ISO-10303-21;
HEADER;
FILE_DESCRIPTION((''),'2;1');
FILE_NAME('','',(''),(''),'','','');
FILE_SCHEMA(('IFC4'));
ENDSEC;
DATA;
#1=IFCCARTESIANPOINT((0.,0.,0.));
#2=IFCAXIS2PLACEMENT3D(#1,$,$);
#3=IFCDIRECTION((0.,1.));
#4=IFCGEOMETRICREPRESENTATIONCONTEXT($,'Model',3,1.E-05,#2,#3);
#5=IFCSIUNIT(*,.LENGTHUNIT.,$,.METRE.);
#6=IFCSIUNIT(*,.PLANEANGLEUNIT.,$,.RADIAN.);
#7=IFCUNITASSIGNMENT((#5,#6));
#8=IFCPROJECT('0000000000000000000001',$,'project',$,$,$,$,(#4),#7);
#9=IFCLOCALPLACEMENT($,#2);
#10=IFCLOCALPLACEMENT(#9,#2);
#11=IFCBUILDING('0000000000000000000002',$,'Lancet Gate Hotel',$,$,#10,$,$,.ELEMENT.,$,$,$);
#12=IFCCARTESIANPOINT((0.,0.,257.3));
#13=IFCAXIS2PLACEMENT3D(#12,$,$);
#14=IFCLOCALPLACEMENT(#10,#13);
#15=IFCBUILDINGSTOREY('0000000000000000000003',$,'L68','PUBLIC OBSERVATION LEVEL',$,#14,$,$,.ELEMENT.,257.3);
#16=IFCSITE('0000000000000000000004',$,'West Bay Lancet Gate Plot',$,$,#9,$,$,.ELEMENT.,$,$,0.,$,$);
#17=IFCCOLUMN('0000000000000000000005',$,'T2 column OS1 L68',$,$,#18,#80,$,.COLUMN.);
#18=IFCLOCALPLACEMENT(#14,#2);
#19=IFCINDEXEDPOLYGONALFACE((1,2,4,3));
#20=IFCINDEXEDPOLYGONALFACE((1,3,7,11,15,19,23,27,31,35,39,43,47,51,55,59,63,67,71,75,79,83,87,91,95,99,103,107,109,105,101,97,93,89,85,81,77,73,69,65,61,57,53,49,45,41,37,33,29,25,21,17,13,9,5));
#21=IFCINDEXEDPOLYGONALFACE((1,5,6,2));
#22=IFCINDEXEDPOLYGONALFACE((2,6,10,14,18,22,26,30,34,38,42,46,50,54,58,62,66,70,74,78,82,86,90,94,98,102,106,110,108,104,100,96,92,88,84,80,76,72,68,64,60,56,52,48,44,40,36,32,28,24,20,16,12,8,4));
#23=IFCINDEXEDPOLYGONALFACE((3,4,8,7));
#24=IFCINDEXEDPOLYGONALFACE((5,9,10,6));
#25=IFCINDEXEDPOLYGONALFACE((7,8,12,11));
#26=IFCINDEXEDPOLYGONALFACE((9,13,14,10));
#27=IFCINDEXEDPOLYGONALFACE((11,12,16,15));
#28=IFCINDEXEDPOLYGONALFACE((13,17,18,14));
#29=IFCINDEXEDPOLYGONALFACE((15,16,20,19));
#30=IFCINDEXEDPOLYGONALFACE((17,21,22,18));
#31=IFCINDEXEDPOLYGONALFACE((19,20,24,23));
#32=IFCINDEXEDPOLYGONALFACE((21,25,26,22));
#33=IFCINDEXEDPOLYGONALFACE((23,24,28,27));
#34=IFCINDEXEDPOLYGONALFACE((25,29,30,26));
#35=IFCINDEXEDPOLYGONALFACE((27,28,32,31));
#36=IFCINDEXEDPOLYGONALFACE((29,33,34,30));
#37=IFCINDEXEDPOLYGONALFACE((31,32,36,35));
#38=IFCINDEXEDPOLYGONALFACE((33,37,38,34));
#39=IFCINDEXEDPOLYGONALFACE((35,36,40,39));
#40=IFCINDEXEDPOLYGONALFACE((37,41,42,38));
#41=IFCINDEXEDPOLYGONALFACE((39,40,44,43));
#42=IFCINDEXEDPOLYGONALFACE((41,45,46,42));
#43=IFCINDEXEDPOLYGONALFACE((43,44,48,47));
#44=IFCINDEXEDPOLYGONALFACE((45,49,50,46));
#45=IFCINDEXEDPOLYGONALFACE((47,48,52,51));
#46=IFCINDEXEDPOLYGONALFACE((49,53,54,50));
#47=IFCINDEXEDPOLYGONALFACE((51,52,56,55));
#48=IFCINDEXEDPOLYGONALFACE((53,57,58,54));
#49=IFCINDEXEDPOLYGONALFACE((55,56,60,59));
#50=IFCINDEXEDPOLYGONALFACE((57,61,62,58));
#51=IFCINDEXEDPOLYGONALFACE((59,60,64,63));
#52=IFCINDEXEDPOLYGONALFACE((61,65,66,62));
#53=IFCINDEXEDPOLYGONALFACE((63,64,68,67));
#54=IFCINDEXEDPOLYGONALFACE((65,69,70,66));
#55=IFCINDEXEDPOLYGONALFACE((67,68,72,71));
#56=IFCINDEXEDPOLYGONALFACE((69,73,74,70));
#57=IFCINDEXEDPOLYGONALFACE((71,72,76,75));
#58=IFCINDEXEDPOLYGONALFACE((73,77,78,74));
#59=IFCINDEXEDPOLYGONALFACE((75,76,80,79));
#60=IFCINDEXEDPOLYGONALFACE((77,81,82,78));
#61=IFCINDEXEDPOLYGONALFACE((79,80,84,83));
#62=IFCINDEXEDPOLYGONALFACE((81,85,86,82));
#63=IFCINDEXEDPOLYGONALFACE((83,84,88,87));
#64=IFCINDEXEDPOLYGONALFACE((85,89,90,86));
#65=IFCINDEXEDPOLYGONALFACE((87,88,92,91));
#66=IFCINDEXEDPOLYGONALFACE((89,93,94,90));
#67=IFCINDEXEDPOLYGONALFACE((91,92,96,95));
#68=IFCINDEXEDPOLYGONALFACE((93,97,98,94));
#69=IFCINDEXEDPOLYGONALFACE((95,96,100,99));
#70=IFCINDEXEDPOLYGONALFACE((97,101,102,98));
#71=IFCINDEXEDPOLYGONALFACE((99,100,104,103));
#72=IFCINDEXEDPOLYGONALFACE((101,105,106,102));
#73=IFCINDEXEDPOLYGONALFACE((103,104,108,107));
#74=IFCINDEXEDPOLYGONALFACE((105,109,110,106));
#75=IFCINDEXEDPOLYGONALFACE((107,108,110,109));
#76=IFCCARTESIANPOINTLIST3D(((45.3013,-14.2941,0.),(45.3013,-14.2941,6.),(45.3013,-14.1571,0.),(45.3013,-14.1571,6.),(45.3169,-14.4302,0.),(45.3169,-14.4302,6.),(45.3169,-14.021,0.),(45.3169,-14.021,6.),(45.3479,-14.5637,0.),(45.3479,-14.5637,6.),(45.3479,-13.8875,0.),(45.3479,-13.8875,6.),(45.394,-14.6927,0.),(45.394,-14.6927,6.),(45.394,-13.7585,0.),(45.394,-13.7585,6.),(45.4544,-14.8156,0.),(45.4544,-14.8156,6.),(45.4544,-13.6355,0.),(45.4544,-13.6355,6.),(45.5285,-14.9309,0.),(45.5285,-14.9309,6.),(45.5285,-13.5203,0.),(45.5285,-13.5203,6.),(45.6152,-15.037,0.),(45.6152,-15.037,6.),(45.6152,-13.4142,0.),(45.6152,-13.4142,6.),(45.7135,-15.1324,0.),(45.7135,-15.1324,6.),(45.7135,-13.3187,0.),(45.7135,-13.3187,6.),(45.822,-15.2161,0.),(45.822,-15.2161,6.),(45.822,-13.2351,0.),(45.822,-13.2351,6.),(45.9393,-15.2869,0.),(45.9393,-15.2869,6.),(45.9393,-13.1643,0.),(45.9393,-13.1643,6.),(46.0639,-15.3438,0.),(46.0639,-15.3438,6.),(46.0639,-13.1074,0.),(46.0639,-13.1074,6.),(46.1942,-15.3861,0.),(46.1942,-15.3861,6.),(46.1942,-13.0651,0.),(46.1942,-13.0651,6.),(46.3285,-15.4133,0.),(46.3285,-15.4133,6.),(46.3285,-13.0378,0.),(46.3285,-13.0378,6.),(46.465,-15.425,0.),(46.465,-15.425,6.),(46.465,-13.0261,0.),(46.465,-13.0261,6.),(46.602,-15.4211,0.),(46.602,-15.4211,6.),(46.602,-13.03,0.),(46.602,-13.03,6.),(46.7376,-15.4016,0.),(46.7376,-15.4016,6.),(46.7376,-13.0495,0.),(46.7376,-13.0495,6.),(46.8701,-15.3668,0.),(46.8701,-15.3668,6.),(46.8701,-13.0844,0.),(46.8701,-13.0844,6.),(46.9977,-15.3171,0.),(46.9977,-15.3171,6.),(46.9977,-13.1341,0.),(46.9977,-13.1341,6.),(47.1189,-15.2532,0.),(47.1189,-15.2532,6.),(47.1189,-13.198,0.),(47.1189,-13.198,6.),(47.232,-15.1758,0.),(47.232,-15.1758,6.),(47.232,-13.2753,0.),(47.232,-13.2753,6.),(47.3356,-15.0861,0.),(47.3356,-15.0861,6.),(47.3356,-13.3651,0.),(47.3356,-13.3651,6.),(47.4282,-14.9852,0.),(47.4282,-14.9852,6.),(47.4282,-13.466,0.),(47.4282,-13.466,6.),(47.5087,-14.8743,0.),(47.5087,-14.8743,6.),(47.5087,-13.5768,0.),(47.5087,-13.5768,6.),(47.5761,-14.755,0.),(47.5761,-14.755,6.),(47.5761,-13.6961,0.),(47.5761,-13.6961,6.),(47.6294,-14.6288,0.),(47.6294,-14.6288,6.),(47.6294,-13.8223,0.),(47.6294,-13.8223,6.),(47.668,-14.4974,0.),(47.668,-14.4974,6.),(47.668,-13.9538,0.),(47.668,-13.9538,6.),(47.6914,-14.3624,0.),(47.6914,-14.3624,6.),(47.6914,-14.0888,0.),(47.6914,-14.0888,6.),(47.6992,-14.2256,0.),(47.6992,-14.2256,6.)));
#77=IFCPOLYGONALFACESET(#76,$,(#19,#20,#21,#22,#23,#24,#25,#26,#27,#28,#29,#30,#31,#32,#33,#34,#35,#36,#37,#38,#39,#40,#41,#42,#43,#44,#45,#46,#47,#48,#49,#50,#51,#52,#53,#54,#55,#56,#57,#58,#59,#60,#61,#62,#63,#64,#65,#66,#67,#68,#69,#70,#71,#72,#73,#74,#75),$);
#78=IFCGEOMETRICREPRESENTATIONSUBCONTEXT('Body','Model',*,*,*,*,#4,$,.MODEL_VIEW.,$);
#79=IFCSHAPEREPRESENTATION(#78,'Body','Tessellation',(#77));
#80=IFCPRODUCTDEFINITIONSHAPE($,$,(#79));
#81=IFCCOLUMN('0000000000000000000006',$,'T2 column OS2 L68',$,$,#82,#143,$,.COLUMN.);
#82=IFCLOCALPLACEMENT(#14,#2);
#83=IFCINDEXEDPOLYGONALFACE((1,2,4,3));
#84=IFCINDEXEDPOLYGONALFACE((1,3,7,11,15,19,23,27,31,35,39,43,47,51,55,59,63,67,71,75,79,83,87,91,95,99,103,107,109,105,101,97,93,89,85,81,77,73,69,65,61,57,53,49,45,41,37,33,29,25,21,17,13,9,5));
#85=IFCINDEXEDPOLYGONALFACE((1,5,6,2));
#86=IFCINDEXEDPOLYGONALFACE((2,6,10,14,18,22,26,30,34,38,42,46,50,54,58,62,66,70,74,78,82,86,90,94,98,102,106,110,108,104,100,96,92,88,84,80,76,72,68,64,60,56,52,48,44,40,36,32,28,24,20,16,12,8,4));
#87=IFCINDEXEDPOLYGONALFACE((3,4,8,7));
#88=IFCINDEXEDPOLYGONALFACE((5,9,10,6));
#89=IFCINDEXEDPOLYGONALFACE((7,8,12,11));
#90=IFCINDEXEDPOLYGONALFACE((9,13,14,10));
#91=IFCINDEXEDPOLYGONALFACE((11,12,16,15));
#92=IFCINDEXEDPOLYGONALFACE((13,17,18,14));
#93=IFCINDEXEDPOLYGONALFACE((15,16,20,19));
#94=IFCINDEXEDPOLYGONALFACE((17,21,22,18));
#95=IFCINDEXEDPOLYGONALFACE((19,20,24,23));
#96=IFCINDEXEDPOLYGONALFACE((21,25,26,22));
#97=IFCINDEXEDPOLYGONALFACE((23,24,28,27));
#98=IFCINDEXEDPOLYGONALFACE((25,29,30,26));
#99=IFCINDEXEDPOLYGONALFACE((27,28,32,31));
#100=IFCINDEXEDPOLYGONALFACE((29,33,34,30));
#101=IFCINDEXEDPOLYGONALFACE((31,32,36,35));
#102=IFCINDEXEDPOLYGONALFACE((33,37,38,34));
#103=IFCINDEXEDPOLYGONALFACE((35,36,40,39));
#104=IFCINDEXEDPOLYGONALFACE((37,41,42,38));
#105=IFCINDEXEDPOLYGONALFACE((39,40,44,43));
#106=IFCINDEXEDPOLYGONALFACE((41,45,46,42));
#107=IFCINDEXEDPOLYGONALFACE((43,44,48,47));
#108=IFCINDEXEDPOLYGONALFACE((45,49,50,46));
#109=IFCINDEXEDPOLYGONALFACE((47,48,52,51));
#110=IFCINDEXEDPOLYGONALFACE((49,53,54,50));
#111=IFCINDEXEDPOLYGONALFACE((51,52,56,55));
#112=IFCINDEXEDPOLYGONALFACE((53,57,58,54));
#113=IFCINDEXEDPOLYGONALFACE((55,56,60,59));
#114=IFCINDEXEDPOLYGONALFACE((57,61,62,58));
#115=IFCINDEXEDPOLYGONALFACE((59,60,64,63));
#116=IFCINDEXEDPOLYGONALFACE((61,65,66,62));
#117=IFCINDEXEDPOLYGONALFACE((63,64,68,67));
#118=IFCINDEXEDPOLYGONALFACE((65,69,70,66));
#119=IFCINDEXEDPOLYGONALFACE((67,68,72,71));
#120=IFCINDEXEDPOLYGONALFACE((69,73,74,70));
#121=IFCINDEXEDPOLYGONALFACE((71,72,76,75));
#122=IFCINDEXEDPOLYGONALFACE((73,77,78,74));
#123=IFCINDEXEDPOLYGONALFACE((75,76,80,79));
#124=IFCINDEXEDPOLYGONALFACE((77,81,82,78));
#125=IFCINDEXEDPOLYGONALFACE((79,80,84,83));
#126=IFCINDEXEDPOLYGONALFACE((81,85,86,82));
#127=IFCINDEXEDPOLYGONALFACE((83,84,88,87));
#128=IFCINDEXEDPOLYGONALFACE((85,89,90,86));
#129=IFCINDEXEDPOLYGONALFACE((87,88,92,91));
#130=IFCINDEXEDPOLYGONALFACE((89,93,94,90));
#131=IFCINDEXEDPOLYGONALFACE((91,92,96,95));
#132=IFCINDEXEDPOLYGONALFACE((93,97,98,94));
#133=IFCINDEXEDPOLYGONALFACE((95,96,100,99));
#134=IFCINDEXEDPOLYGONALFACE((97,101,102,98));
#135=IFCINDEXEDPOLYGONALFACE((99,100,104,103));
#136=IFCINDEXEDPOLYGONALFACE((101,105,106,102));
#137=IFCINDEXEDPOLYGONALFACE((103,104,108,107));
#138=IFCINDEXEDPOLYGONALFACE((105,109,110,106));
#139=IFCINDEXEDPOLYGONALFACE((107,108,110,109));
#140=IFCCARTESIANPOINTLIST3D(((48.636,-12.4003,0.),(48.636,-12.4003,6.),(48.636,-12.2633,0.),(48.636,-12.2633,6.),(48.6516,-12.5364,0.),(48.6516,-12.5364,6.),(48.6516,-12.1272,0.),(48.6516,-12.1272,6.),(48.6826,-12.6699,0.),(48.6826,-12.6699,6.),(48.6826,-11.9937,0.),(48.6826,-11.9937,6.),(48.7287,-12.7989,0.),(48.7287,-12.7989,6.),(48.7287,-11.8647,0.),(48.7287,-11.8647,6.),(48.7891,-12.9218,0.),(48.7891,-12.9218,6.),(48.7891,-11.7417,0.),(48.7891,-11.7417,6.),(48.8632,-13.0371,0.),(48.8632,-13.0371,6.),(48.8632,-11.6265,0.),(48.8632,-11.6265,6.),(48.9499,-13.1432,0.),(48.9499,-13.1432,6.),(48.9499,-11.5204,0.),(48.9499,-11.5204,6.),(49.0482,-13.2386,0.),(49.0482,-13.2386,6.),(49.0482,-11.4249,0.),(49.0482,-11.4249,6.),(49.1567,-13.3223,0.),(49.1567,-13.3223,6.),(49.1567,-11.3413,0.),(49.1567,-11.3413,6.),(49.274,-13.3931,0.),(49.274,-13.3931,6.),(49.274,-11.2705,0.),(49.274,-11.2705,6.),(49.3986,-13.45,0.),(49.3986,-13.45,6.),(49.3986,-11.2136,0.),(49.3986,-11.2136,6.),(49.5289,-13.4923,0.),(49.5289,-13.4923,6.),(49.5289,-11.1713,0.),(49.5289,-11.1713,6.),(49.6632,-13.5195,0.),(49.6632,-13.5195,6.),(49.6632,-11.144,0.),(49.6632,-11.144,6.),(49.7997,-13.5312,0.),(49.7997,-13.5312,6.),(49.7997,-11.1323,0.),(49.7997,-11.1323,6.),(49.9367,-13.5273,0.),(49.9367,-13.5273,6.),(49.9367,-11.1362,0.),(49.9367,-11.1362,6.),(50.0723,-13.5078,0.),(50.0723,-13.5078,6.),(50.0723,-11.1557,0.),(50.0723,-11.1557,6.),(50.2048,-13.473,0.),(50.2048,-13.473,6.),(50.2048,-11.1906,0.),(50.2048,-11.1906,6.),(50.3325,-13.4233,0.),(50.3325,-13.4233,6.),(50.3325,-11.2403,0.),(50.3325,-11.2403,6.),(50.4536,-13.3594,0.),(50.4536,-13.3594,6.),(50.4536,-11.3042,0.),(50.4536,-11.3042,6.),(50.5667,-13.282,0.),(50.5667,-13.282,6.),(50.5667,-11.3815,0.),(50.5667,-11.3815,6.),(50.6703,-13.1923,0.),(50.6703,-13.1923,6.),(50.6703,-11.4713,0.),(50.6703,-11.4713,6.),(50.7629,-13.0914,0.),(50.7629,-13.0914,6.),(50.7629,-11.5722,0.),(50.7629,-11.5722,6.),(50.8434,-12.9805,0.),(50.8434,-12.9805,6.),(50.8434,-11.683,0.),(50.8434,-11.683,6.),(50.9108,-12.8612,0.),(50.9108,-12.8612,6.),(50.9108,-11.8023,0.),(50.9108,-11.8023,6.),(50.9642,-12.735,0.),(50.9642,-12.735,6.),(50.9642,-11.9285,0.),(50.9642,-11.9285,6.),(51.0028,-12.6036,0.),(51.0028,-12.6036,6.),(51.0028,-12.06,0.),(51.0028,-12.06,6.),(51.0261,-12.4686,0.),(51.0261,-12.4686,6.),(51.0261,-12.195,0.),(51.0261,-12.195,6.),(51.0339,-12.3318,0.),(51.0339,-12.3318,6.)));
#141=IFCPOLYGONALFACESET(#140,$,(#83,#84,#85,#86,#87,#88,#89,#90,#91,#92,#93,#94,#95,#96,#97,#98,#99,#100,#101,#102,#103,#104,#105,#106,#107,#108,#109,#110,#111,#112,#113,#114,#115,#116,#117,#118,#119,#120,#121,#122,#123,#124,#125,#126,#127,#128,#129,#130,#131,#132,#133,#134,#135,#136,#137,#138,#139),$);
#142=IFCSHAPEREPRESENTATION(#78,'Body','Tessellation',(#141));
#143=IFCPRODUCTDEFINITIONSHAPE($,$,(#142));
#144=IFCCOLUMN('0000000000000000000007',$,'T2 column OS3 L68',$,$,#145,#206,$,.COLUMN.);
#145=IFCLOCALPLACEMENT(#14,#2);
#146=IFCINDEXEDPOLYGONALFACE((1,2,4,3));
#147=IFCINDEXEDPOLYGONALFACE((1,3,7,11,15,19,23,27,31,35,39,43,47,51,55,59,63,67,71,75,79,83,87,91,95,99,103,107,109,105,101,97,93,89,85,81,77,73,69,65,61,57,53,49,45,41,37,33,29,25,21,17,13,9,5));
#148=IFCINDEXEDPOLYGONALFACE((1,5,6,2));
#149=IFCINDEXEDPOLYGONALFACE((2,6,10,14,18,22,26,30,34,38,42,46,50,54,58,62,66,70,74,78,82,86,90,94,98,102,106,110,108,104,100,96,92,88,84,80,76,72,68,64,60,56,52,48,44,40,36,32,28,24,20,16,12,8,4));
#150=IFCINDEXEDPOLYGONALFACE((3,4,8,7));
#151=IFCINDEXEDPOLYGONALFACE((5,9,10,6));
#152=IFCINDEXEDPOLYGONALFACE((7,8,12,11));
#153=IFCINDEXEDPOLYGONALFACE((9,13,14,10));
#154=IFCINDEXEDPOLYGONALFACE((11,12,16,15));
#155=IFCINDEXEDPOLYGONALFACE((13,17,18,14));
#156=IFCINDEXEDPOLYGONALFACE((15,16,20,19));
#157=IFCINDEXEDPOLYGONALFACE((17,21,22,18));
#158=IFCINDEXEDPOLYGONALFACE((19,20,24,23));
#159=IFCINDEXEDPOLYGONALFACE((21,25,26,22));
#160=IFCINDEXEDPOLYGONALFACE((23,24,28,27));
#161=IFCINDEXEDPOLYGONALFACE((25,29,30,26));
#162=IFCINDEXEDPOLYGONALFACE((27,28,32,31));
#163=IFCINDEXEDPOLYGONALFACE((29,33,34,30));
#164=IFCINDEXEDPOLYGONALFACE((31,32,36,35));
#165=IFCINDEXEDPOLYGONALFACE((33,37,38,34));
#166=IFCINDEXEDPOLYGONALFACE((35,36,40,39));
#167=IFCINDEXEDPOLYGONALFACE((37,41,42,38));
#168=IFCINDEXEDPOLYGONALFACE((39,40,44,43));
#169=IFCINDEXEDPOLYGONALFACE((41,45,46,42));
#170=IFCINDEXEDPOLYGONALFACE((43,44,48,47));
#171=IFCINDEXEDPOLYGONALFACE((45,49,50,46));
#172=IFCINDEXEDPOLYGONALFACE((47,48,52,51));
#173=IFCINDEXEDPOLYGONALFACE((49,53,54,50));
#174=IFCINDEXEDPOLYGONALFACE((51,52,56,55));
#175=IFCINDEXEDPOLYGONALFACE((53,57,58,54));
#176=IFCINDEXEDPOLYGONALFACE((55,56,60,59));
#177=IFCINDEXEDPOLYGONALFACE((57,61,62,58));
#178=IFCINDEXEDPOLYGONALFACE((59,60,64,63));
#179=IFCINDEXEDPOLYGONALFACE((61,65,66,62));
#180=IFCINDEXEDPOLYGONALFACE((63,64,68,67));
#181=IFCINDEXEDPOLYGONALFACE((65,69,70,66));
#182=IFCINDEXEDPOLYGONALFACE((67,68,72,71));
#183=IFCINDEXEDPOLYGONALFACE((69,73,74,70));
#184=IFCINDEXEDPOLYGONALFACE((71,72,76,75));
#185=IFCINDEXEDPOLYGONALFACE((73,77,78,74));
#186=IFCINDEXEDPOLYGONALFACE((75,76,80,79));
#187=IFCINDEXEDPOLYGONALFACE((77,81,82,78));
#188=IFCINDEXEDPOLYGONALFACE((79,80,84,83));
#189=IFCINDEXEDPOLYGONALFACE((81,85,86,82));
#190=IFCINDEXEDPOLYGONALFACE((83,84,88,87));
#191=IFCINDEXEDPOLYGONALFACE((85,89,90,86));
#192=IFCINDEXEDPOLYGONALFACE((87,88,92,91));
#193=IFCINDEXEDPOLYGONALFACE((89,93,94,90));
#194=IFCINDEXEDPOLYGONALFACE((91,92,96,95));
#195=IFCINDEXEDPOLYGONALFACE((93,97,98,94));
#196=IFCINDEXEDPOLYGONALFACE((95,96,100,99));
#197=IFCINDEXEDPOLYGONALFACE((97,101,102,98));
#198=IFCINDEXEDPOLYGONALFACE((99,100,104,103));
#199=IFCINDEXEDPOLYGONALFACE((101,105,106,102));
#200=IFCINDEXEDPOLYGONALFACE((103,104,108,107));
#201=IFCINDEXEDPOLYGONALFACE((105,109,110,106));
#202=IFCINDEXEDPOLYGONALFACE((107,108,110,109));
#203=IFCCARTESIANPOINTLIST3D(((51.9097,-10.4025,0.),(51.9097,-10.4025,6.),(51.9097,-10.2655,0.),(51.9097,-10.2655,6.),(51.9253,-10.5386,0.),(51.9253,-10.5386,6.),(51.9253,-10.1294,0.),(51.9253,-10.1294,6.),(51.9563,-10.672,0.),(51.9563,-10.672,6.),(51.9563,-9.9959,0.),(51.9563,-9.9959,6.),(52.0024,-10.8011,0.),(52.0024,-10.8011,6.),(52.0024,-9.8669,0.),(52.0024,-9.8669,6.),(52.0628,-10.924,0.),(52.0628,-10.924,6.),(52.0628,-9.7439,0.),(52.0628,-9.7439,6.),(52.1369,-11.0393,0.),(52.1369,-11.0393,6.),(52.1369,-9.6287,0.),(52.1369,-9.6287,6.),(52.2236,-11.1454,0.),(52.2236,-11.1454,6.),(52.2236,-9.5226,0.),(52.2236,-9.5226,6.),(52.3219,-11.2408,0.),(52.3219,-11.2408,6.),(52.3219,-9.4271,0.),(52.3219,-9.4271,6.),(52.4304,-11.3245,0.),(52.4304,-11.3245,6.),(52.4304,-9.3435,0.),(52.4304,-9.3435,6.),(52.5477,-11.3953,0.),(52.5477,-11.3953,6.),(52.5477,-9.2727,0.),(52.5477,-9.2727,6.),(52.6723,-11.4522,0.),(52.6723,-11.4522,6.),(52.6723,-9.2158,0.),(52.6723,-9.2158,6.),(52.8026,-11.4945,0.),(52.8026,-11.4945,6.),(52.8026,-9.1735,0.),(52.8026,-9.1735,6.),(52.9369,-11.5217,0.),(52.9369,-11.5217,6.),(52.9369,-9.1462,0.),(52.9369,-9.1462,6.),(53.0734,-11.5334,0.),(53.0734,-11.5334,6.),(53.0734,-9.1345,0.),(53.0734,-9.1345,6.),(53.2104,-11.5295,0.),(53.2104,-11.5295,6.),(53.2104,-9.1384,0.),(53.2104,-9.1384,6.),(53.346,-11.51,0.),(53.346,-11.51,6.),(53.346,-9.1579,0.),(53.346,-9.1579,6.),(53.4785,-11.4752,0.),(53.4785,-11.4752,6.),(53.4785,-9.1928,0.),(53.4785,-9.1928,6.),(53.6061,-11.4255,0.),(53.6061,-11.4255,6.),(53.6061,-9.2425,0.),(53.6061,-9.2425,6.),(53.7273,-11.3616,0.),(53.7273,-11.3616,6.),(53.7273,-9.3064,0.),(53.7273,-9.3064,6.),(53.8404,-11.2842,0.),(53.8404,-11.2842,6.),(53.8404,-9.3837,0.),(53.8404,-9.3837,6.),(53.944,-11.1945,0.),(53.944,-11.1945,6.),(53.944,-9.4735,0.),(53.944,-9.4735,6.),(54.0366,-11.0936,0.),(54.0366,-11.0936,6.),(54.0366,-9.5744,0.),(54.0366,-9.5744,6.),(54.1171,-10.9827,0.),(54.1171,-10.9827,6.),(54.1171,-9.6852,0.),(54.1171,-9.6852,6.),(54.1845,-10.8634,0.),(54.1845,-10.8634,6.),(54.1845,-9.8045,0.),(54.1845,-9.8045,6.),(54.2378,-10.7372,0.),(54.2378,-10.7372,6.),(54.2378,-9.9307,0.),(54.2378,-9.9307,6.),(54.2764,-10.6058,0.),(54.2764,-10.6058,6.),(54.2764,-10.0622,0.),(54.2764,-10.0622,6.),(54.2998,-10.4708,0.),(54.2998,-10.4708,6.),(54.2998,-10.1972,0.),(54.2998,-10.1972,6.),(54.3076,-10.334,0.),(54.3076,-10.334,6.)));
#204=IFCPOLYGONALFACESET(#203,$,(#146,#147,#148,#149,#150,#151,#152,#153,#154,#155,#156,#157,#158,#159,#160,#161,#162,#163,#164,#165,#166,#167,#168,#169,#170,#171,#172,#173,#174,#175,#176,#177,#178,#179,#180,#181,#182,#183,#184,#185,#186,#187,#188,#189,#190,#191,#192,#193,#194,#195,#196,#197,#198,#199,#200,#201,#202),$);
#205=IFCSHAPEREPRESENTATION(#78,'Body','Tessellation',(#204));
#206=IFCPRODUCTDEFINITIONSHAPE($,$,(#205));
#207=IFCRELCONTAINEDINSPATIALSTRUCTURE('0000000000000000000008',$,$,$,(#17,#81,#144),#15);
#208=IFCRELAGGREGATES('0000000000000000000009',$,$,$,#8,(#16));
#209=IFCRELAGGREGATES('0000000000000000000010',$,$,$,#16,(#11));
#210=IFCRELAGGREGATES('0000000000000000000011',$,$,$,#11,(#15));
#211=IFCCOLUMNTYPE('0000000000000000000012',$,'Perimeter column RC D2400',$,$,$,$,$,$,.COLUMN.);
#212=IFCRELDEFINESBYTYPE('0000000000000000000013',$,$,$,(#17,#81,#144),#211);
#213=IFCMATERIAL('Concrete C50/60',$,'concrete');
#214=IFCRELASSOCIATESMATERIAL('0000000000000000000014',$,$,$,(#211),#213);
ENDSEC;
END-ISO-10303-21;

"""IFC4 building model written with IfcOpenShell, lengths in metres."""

from ifc_helpers import new_model, si_unit, direction, frame, origin, origin_2d, place, context, subcontext, project, spatial, circle, extrude, material, material_profile, profile_set, type_object, element, save


model = new_model("IFC4")

# Units and contexts
model_context = context("Model", 3, precision=1e-05, world=origin(), true_north=direction((0.0, 1.0)))
body_context = subcontext(model_context, "Body", "Model", "MODEL_VIEW")
ifc_project = project(units=[si_unit("LENGTHUNIT", "METRE"), si_unit("PLANEANGLEUNIT", "RADIAN")], contexts=[model_context])

# Site, building, storey
site_placement = place(None, origin())
site = spatial("IfcSite", under=ifc_project, at=site_placement, Name="West Bay Lancet Gate Plot", CompositionType="ELEMENT", RefElevation=0.0)
building_placement = place(site_placement, origin())
building = spatial("IfcBuilding", under=site, at=building_placement, Name="Lancet Gate Hotel", CompositionType="ELEMENT")
storey_placement = place(building_placement, frame((0.0, 0.0, 257.3)))
storey = spatial("IfcBuildingStorey", under=building, at=storey_placement, Name="L68", Description="PUBLIC OBSERVATION LEVEL", CompositionType="ELEMENT", Elevation=257.3)

# Columns
ifc_material_1 = material(Name="Concrete C50/60", Category="concrete")
ifc_material_profile_1 = material_profile(ifc_material_1, circle(Radius=1.2, at=origin_2d()), Name="RC D2400")
ifc_profile_set_1 = profile_set([ifc_material_profile_1], Name="Concrete C50/60")
column_type = type_object("IfcColumnType", Name="Perimeter column RC D2400", PredefinedType="COLUMN", material=ifc_profile_set_1)
for number, where, z_axis, x_axis, name in (
    (1, (46.4993, -14.2256, 0.0), (0.0, 0.0, 1.0), (1.0, 0.0, 0.0), "T2 column OS1 L68"),
    (2, (49.834, -12.3318, 0.0), (0.0, 0.0, 1.0), (1.0, 0.0, 0.0), "T2 column OS2 L68"),
    (3, (53.1077, -10.334, 0.0), (0.0, 0.0, 1.0), (1.0, 0.0, 0.0), "T2 column OS3 L68"),
):
    element("IfcColumn", number, at=place(storey_placement, frame(where, z_axis=z_axis, x_axis=x_axis)), inside=storey, type_object=column_type, Name=name, PredefinedType="COLUMN", context=body_context, shape_type="SweptSolid", body=[
        extrude(circle(Radius=1.2, at=origin_2d()), origin(), (0.0, 0.0, 1.0), 6.0),
    ])

save(model, "model.ifc")
